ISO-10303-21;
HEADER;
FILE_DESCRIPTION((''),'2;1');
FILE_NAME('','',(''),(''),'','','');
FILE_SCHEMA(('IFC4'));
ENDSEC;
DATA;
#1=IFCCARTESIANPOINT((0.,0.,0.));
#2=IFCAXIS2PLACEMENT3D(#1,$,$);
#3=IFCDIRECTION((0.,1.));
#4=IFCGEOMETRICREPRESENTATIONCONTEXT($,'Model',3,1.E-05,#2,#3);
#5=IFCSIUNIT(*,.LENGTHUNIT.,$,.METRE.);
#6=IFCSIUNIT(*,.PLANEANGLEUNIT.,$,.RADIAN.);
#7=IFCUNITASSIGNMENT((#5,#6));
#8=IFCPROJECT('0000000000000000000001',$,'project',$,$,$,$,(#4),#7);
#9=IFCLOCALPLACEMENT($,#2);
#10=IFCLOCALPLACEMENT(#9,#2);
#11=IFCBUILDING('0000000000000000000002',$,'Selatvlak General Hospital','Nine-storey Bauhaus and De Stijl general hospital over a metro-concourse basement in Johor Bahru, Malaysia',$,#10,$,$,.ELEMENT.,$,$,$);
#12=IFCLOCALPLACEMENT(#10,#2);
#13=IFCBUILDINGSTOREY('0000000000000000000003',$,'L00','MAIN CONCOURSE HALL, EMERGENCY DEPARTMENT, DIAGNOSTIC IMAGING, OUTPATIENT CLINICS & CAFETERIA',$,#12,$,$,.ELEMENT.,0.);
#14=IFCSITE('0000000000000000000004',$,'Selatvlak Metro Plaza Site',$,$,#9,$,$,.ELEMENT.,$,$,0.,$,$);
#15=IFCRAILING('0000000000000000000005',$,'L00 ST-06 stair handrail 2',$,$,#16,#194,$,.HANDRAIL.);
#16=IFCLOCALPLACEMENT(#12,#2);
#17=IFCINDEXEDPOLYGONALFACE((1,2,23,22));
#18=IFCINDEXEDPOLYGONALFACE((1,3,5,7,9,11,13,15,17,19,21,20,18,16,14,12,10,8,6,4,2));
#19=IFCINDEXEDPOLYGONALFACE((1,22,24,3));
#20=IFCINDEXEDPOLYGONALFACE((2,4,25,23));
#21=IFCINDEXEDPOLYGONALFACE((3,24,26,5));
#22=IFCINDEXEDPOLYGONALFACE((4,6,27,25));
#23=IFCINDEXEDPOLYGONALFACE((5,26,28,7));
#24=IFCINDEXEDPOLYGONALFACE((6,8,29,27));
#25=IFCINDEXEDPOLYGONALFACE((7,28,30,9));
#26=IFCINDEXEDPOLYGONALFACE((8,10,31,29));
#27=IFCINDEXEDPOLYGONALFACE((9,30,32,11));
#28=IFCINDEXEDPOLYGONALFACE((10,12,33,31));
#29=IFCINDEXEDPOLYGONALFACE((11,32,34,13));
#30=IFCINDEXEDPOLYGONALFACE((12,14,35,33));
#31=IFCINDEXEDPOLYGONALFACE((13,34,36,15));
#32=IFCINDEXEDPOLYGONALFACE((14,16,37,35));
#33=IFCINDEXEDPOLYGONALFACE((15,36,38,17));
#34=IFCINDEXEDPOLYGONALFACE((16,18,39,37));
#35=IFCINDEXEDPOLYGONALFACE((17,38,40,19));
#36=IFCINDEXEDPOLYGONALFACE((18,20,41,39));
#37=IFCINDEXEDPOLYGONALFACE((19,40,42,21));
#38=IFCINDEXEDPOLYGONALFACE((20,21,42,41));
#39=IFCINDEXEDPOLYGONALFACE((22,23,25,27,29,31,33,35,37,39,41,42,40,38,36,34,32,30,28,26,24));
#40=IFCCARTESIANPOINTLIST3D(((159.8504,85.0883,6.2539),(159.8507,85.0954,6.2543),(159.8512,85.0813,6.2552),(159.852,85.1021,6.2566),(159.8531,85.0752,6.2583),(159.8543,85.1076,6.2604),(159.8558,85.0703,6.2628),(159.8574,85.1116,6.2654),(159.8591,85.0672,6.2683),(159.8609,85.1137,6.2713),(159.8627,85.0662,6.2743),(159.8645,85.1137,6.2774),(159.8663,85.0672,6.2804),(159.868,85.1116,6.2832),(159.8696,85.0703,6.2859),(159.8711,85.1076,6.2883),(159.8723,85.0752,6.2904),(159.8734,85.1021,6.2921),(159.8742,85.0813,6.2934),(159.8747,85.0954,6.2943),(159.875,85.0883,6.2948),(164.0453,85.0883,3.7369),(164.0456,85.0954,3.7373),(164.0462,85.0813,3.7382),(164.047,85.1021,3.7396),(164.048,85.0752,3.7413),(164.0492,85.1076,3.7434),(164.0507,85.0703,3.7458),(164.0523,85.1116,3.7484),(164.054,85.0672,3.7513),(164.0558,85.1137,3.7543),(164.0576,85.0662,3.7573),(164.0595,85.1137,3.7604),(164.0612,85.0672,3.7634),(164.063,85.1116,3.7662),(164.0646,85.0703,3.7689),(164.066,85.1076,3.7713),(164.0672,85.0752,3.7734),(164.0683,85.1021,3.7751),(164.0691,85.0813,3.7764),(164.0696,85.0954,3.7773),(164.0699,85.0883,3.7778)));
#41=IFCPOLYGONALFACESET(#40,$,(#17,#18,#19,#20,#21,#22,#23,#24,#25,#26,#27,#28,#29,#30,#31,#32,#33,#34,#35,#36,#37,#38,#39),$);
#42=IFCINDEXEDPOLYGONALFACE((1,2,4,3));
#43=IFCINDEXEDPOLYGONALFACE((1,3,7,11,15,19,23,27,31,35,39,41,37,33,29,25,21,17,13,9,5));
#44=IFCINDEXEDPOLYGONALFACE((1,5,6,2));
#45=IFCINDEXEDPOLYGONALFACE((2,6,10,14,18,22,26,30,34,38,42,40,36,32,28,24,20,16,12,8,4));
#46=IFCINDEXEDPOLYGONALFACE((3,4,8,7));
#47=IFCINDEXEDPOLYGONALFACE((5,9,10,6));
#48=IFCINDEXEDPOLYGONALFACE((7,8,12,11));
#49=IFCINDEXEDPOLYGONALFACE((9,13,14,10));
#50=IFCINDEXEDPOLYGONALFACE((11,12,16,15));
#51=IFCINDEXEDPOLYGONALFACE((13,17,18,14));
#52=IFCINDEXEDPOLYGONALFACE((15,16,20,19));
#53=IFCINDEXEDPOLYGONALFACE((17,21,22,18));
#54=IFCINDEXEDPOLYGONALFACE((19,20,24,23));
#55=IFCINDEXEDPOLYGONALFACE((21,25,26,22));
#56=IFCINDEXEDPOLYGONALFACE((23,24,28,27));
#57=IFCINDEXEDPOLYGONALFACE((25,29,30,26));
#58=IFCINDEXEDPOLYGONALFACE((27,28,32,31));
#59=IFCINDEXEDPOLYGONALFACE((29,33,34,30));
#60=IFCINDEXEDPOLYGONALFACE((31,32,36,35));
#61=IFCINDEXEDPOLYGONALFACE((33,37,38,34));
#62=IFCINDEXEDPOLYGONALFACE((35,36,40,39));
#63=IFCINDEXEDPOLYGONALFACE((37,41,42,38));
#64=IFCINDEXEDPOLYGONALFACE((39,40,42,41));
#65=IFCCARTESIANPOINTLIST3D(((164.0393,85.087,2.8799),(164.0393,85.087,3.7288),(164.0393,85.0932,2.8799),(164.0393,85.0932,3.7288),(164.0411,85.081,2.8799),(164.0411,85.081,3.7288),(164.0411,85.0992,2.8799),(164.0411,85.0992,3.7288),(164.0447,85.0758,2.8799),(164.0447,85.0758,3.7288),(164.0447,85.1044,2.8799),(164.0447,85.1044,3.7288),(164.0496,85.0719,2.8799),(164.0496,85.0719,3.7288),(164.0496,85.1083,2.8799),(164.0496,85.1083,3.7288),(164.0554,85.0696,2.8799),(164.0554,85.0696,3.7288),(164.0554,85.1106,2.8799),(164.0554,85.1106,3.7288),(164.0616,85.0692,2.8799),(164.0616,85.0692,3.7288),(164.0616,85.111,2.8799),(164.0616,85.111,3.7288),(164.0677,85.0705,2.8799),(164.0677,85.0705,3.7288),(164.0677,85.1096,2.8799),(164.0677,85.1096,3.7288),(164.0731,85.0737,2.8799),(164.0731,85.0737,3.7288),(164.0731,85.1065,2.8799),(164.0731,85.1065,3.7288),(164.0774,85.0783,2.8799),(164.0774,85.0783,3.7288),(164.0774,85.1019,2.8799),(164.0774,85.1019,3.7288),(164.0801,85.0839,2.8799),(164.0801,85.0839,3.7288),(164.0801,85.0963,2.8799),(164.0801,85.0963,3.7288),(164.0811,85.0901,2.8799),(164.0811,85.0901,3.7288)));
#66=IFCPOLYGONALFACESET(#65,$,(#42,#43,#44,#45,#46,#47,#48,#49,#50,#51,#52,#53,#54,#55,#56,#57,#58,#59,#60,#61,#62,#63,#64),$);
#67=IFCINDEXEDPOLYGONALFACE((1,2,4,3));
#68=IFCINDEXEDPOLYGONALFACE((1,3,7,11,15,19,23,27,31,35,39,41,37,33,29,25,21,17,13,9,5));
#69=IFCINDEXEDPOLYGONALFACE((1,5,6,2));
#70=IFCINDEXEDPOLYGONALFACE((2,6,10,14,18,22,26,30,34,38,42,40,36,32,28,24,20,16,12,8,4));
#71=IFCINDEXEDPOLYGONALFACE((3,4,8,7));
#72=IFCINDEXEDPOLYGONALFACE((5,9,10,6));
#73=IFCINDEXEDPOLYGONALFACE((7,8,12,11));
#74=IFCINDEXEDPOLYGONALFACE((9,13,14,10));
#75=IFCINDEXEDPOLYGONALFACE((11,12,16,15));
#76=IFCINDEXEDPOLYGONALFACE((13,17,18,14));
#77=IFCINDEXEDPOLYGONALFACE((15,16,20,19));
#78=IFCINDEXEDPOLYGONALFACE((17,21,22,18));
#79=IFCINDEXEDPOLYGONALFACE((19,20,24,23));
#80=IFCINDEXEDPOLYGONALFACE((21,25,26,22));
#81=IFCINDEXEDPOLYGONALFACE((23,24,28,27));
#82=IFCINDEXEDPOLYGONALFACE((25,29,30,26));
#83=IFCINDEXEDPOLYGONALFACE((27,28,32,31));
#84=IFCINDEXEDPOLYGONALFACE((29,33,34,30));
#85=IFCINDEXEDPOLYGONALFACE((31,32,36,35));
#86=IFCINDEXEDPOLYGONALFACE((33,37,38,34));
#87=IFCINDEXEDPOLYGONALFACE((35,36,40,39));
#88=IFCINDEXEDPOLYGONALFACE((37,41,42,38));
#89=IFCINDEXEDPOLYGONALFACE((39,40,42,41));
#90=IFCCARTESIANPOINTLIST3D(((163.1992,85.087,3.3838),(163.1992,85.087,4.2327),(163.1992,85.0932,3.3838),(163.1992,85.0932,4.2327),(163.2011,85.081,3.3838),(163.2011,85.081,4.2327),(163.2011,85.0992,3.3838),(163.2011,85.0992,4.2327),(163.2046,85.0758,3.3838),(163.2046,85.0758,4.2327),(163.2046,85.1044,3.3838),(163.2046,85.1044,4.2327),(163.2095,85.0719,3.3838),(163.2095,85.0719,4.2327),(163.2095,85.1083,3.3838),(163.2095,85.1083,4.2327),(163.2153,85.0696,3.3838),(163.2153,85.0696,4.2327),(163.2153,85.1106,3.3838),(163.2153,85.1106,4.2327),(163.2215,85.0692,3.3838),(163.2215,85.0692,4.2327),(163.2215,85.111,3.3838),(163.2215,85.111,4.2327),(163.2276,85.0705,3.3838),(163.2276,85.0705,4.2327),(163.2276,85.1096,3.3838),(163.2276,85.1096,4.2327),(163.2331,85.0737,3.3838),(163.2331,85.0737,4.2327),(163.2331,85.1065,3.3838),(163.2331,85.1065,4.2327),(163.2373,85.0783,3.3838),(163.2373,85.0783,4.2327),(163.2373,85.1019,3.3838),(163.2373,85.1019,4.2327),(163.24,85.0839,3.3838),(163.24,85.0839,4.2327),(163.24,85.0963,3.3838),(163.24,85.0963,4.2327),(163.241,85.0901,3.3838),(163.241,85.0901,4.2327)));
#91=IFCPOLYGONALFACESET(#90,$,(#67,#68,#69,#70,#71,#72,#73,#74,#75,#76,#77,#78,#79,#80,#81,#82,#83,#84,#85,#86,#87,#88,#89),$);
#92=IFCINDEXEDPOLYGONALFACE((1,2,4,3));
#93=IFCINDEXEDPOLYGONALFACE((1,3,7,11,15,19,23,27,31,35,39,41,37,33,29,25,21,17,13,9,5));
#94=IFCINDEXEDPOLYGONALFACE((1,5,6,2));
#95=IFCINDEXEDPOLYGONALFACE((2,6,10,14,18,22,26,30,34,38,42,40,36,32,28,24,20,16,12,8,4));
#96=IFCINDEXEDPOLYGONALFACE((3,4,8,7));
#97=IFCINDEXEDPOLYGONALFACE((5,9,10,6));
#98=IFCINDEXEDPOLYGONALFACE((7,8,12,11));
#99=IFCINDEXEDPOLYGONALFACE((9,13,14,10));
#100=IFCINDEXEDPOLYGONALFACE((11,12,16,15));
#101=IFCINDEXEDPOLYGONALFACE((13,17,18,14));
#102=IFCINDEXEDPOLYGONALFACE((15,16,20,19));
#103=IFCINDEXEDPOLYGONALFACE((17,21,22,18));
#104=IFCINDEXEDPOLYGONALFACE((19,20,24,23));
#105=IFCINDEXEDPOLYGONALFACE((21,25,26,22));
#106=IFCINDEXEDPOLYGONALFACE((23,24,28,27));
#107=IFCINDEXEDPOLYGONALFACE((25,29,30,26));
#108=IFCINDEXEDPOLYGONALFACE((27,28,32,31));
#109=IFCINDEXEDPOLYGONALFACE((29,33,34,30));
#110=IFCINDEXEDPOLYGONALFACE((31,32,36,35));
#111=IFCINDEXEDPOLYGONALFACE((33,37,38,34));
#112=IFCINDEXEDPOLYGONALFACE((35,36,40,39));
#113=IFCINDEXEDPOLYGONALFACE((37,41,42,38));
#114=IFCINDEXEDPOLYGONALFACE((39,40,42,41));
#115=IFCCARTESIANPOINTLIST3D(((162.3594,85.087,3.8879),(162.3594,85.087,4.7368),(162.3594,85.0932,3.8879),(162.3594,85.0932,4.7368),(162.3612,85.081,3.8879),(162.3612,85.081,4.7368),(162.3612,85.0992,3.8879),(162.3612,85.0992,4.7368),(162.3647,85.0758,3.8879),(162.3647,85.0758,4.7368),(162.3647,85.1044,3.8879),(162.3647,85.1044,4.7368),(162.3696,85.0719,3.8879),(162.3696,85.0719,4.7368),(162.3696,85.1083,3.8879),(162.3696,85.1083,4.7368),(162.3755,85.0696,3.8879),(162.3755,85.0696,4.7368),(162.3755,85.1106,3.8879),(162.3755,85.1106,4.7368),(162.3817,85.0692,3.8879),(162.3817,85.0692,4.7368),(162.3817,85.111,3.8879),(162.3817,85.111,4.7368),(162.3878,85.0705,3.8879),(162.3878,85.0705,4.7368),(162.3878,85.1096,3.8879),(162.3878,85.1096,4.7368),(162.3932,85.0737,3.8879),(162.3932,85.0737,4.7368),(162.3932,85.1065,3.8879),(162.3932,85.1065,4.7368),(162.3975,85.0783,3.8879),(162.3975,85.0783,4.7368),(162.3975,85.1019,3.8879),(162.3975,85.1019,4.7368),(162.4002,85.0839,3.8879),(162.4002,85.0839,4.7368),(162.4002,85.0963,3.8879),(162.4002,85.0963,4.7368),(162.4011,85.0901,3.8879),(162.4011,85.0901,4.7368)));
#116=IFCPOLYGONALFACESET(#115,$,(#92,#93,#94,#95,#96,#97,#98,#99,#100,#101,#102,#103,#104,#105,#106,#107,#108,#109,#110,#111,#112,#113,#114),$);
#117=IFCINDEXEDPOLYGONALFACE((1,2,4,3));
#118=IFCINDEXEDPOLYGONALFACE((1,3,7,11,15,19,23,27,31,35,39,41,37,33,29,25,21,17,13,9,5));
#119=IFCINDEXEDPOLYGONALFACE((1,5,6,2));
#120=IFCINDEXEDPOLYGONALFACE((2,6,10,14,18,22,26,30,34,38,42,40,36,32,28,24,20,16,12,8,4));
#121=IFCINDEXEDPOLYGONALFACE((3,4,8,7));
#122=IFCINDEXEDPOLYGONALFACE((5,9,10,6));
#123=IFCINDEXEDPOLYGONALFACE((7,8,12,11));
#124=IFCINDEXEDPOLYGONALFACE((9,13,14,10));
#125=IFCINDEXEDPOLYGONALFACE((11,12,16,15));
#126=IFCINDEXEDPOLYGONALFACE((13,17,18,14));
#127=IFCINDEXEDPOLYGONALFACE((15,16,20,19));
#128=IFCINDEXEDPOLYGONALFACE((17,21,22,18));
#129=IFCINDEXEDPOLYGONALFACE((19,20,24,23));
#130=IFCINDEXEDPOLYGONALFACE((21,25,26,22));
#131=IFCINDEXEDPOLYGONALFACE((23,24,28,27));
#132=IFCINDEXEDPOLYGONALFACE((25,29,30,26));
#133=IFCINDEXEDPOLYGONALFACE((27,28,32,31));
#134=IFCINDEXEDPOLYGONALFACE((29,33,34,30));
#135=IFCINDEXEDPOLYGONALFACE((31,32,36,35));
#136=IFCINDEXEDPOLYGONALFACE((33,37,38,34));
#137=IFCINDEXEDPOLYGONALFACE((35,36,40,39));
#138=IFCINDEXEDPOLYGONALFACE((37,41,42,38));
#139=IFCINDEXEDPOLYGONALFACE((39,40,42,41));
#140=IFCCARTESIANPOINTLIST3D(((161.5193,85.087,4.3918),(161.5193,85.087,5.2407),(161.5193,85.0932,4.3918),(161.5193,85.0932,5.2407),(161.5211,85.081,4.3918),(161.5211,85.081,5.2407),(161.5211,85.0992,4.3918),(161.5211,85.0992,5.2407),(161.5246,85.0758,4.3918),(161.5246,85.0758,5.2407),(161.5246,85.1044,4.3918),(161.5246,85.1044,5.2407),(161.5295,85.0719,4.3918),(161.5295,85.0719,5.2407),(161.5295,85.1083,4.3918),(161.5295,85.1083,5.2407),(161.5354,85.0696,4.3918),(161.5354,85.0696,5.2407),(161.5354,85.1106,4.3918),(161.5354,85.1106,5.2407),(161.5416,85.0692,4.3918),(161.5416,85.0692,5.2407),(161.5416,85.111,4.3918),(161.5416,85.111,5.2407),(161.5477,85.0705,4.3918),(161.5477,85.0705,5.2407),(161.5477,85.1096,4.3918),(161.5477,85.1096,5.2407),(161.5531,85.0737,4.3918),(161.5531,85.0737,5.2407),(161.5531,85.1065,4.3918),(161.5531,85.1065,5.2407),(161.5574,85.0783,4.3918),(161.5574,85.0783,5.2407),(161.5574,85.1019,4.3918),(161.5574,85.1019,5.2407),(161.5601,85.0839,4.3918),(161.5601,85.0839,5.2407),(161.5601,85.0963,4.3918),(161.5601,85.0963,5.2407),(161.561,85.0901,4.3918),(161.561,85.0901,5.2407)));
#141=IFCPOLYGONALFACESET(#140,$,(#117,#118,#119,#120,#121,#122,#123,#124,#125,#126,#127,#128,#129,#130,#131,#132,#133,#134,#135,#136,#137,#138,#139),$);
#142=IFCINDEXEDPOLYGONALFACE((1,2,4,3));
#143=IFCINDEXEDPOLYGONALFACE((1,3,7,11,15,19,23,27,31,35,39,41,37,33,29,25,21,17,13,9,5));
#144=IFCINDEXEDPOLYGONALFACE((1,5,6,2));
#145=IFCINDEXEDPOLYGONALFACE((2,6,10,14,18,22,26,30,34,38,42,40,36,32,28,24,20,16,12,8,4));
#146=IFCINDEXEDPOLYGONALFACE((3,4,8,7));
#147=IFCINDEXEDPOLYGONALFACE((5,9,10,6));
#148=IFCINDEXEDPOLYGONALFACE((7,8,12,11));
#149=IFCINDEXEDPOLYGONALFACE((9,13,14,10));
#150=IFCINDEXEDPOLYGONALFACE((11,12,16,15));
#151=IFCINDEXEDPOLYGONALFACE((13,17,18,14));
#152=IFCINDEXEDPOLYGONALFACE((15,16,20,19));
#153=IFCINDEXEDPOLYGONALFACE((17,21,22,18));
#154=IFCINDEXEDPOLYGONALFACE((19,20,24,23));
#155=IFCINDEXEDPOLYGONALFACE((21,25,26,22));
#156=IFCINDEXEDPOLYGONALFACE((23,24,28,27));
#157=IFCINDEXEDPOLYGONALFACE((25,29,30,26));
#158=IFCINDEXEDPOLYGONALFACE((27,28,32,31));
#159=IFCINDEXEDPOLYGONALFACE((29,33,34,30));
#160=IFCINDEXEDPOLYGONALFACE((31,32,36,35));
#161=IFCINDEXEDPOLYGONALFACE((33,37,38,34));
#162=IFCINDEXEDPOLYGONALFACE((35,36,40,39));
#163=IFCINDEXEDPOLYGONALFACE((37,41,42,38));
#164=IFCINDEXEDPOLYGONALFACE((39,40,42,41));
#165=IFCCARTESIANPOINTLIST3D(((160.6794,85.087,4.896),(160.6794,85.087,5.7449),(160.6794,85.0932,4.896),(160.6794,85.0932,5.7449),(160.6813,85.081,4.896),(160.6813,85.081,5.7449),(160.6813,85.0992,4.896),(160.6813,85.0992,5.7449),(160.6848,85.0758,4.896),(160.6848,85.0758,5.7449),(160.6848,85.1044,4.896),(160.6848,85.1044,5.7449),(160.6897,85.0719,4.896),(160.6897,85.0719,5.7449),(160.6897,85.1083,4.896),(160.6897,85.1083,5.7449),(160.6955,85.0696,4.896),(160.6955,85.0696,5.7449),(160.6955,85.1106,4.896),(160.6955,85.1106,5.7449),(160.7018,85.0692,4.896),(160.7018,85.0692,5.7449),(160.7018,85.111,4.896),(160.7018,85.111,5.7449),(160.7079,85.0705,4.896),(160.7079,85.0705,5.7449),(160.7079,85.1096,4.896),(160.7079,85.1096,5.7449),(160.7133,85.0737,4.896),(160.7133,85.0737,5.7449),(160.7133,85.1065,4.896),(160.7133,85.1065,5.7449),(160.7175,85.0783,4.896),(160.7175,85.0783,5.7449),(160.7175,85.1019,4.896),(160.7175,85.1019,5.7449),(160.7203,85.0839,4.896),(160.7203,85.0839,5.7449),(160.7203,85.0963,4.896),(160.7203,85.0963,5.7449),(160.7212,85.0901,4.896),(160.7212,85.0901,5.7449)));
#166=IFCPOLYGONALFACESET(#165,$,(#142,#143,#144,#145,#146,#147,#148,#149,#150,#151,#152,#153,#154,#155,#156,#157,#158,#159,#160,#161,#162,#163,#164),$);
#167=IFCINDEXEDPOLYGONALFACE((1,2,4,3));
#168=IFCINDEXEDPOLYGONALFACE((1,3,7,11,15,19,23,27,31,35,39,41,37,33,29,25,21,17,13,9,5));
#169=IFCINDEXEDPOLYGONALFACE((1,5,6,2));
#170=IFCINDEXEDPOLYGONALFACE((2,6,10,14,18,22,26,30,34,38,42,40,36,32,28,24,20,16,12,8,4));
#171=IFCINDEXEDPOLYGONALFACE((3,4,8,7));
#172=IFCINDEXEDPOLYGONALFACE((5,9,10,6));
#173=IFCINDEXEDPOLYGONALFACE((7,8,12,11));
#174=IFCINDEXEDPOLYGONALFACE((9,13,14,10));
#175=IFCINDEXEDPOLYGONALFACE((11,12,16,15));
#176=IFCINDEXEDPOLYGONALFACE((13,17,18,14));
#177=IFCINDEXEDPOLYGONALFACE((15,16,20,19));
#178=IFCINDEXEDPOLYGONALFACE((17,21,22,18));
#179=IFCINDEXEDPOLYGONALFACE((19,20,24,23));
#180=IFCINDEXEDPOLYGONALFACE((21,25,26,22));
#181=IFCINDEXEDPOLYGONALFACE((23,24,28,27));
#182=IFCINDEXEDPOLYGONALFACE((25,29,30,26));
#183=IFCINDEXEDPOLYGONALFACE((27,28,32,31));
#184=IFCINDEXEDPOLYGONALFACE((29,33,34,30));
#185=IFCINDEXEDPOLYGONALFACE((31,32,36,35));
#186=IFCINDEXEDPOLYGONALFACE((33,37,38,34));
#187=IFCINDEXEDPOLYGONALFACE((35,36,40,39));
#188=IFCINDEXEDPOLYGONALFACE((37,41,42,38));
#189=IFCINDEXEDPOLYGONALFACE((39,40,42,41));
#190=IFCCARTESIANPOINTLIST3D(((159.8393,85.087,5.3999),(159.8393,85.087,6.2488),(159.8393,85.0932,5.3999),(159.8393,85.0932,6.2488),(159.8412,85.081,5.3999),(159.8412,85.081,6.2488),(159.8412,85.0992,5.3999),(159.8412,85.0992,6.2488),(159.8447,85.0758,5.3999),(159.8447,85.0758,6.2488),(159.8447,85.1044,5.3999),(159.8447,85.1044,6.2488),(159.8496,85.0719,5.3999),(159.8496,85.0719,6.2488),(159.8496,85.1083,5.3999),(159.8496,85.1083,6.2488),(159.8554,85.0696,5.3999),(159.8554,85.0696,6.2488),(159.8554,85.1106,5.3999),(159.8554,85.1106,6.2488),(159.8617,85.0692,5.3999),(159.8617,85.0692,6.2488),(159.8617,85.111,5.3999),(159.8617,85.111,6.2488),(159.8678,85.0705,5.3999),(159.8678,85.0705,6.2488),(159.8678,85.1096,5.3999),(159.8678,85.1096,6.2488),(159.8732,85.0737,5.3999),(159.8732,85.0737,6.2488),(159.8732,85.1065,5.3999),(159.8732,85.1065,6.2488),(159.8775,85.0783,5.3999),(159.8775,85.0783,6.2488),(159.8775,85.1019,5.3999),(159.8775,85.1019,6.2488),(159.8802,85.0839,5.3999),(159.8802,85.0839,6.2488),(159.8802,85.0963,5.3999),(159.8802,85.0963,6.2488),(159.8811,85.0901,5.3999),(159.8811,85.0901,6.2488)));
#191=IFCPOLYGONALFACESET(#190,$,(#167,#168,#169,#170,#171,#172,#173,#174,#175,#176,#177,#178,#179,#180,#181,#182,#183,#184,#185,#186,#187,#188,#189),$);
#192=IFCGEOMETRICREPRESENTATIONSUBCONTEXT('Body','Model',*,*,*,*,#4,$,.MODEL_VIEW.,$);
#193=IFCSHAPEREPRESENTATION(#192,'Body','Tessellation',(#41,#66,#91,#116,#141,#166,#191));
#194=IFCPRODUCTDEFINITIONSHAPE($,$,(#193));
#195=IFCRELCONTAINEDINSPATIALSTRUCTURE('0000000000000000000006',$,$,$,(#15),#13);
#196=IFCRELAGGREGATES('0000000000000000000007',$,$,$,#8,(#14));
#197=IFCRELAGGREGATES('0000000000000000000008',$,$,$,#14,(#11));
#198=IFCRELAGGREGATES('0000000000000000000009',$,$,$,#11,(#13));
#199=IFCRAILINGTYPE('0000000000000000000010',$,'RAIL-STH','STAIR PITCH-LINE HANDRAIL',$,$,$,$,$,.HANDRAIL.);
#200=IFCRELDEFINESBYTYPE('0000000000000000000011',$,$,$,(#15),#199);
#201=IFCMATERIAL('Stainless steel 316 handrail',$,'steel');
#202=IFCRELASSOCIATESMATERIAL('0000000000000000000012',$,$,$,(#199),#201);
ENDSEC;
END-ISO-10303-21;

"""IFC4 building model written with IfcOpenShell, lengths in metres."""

from ifc_helpers import new_model, si_unit, direction, frame, origin, origin_2d, place, context, subcontext, project, spatial, circle, extrude, material, type_object, element, save


model = new_model("IFC4")

# Units and contexts
model_context = context("Model", 3, precision=1e-05, world=origin(), true_north=direction((0.0, 1.0)))
body_context = subcontext(model_context, "Body", "Model", "MODEL_VIEW")
ifc_project = project(units=[si_unit("LENGTHUNIT", "METRE"), si_unit("PLANEANGLEUNIT", "RADIAN")], contexts=[model_context])

# Site, building, storey
site_placement = place(None, origin())
site = spatial("IfcSite", under=ifc_project, at=site_placement, Name="Selatvlak Metro Plaza Site", CompositionType="ELEMENT", RefElevation=0.0)
building_placement = place(site_placement, origin())
building = spatial("IfcBuilding", under=site, at=building_placement, Name="Selatvlak General Hospital", Description="Nine-storey Bauhaus and De Stijl general hospital over a metro-concourse basement in Johor Bahru, Malaysia", CompositionType="ELEMENT")
storey_placement = place(building_placement, origin())
storey = spatial("IfcBuildingStorey", under=building, at=storey_placement, Name="L00", Description="MAIN CONCOURSE HALL, EMERGENCY DEPARTMENT, DIAGNOSTIC IMAGING, OUTPATIENT CLINICS & CAFETERIA", CompositionType="ELEMENT", Elevation=0.0)

# Railing
ifc_material_1 = material(Name="Stainless steel 316 handrail", Category="steel")
railing_type_1 = type_object("IfcRailingType", Name="RAIL-STH", Description="STAIR PITCH-LINE HANDRAIL", PredefinedType="HANDRAIL", material=ifc_material_1)
railing_1_placement = place(storey_placement, frame((164.0601, 85.0901, 2.8799)))
element("IfcRailing", 1, at=railing_1_placement, inside=storey, type_object=railing_type_1, Name="L00 ST-06 stair handrail 2", PredefinedType="HANDRAIL", context=body_context, shape_type="SweptSolid", body=[
    extrude(circle(Radius=0.0239, at=origin_2d()), frame((-0.0024, 0.0, 0.8774), z_axis=(-0.857489, 0.0, 0.514503), x_axis=(0.0, -1.0, 0.0)), (0.0, 0.0, 1.0), 4.8921),
    extrude(circle(Radius=0.021, at=origin_2d()), origin(), (0.0, 0.0, 1.0), 0.8489),
    extrude(circle(Radius=0.021, at=origin_2d()), frame((-0.8401, 0.0, 0.5039)), (0.0, 0.0, 1.0), 0.8489),
    extrude(circle(Radius=0.021, at=origin_2d()), frame((-1.6799, 0.0, 1.0081)), (0.0, 0.0, 1.0), 0.8489),
    extrude(circle(Radius=0.021, at=origin_2d()), frame((-2.52, 0.0, 1.512)), (0.0, 0.0, 1.0), 0.8489),
    extrude(circle(Radius=0.021, at=origin_2d()), frame((-3.3599, 0.0, 2.0161)), (0.0, 0.0, 1.0), 0.8489),
    extrude(circle(Radius=0.021, at=origin_2d()), frame((-4.2, 0.0, 2.52)), (0.0, 0.0, 1.0), 0.8489),
])

save(model, "model.ifc")
